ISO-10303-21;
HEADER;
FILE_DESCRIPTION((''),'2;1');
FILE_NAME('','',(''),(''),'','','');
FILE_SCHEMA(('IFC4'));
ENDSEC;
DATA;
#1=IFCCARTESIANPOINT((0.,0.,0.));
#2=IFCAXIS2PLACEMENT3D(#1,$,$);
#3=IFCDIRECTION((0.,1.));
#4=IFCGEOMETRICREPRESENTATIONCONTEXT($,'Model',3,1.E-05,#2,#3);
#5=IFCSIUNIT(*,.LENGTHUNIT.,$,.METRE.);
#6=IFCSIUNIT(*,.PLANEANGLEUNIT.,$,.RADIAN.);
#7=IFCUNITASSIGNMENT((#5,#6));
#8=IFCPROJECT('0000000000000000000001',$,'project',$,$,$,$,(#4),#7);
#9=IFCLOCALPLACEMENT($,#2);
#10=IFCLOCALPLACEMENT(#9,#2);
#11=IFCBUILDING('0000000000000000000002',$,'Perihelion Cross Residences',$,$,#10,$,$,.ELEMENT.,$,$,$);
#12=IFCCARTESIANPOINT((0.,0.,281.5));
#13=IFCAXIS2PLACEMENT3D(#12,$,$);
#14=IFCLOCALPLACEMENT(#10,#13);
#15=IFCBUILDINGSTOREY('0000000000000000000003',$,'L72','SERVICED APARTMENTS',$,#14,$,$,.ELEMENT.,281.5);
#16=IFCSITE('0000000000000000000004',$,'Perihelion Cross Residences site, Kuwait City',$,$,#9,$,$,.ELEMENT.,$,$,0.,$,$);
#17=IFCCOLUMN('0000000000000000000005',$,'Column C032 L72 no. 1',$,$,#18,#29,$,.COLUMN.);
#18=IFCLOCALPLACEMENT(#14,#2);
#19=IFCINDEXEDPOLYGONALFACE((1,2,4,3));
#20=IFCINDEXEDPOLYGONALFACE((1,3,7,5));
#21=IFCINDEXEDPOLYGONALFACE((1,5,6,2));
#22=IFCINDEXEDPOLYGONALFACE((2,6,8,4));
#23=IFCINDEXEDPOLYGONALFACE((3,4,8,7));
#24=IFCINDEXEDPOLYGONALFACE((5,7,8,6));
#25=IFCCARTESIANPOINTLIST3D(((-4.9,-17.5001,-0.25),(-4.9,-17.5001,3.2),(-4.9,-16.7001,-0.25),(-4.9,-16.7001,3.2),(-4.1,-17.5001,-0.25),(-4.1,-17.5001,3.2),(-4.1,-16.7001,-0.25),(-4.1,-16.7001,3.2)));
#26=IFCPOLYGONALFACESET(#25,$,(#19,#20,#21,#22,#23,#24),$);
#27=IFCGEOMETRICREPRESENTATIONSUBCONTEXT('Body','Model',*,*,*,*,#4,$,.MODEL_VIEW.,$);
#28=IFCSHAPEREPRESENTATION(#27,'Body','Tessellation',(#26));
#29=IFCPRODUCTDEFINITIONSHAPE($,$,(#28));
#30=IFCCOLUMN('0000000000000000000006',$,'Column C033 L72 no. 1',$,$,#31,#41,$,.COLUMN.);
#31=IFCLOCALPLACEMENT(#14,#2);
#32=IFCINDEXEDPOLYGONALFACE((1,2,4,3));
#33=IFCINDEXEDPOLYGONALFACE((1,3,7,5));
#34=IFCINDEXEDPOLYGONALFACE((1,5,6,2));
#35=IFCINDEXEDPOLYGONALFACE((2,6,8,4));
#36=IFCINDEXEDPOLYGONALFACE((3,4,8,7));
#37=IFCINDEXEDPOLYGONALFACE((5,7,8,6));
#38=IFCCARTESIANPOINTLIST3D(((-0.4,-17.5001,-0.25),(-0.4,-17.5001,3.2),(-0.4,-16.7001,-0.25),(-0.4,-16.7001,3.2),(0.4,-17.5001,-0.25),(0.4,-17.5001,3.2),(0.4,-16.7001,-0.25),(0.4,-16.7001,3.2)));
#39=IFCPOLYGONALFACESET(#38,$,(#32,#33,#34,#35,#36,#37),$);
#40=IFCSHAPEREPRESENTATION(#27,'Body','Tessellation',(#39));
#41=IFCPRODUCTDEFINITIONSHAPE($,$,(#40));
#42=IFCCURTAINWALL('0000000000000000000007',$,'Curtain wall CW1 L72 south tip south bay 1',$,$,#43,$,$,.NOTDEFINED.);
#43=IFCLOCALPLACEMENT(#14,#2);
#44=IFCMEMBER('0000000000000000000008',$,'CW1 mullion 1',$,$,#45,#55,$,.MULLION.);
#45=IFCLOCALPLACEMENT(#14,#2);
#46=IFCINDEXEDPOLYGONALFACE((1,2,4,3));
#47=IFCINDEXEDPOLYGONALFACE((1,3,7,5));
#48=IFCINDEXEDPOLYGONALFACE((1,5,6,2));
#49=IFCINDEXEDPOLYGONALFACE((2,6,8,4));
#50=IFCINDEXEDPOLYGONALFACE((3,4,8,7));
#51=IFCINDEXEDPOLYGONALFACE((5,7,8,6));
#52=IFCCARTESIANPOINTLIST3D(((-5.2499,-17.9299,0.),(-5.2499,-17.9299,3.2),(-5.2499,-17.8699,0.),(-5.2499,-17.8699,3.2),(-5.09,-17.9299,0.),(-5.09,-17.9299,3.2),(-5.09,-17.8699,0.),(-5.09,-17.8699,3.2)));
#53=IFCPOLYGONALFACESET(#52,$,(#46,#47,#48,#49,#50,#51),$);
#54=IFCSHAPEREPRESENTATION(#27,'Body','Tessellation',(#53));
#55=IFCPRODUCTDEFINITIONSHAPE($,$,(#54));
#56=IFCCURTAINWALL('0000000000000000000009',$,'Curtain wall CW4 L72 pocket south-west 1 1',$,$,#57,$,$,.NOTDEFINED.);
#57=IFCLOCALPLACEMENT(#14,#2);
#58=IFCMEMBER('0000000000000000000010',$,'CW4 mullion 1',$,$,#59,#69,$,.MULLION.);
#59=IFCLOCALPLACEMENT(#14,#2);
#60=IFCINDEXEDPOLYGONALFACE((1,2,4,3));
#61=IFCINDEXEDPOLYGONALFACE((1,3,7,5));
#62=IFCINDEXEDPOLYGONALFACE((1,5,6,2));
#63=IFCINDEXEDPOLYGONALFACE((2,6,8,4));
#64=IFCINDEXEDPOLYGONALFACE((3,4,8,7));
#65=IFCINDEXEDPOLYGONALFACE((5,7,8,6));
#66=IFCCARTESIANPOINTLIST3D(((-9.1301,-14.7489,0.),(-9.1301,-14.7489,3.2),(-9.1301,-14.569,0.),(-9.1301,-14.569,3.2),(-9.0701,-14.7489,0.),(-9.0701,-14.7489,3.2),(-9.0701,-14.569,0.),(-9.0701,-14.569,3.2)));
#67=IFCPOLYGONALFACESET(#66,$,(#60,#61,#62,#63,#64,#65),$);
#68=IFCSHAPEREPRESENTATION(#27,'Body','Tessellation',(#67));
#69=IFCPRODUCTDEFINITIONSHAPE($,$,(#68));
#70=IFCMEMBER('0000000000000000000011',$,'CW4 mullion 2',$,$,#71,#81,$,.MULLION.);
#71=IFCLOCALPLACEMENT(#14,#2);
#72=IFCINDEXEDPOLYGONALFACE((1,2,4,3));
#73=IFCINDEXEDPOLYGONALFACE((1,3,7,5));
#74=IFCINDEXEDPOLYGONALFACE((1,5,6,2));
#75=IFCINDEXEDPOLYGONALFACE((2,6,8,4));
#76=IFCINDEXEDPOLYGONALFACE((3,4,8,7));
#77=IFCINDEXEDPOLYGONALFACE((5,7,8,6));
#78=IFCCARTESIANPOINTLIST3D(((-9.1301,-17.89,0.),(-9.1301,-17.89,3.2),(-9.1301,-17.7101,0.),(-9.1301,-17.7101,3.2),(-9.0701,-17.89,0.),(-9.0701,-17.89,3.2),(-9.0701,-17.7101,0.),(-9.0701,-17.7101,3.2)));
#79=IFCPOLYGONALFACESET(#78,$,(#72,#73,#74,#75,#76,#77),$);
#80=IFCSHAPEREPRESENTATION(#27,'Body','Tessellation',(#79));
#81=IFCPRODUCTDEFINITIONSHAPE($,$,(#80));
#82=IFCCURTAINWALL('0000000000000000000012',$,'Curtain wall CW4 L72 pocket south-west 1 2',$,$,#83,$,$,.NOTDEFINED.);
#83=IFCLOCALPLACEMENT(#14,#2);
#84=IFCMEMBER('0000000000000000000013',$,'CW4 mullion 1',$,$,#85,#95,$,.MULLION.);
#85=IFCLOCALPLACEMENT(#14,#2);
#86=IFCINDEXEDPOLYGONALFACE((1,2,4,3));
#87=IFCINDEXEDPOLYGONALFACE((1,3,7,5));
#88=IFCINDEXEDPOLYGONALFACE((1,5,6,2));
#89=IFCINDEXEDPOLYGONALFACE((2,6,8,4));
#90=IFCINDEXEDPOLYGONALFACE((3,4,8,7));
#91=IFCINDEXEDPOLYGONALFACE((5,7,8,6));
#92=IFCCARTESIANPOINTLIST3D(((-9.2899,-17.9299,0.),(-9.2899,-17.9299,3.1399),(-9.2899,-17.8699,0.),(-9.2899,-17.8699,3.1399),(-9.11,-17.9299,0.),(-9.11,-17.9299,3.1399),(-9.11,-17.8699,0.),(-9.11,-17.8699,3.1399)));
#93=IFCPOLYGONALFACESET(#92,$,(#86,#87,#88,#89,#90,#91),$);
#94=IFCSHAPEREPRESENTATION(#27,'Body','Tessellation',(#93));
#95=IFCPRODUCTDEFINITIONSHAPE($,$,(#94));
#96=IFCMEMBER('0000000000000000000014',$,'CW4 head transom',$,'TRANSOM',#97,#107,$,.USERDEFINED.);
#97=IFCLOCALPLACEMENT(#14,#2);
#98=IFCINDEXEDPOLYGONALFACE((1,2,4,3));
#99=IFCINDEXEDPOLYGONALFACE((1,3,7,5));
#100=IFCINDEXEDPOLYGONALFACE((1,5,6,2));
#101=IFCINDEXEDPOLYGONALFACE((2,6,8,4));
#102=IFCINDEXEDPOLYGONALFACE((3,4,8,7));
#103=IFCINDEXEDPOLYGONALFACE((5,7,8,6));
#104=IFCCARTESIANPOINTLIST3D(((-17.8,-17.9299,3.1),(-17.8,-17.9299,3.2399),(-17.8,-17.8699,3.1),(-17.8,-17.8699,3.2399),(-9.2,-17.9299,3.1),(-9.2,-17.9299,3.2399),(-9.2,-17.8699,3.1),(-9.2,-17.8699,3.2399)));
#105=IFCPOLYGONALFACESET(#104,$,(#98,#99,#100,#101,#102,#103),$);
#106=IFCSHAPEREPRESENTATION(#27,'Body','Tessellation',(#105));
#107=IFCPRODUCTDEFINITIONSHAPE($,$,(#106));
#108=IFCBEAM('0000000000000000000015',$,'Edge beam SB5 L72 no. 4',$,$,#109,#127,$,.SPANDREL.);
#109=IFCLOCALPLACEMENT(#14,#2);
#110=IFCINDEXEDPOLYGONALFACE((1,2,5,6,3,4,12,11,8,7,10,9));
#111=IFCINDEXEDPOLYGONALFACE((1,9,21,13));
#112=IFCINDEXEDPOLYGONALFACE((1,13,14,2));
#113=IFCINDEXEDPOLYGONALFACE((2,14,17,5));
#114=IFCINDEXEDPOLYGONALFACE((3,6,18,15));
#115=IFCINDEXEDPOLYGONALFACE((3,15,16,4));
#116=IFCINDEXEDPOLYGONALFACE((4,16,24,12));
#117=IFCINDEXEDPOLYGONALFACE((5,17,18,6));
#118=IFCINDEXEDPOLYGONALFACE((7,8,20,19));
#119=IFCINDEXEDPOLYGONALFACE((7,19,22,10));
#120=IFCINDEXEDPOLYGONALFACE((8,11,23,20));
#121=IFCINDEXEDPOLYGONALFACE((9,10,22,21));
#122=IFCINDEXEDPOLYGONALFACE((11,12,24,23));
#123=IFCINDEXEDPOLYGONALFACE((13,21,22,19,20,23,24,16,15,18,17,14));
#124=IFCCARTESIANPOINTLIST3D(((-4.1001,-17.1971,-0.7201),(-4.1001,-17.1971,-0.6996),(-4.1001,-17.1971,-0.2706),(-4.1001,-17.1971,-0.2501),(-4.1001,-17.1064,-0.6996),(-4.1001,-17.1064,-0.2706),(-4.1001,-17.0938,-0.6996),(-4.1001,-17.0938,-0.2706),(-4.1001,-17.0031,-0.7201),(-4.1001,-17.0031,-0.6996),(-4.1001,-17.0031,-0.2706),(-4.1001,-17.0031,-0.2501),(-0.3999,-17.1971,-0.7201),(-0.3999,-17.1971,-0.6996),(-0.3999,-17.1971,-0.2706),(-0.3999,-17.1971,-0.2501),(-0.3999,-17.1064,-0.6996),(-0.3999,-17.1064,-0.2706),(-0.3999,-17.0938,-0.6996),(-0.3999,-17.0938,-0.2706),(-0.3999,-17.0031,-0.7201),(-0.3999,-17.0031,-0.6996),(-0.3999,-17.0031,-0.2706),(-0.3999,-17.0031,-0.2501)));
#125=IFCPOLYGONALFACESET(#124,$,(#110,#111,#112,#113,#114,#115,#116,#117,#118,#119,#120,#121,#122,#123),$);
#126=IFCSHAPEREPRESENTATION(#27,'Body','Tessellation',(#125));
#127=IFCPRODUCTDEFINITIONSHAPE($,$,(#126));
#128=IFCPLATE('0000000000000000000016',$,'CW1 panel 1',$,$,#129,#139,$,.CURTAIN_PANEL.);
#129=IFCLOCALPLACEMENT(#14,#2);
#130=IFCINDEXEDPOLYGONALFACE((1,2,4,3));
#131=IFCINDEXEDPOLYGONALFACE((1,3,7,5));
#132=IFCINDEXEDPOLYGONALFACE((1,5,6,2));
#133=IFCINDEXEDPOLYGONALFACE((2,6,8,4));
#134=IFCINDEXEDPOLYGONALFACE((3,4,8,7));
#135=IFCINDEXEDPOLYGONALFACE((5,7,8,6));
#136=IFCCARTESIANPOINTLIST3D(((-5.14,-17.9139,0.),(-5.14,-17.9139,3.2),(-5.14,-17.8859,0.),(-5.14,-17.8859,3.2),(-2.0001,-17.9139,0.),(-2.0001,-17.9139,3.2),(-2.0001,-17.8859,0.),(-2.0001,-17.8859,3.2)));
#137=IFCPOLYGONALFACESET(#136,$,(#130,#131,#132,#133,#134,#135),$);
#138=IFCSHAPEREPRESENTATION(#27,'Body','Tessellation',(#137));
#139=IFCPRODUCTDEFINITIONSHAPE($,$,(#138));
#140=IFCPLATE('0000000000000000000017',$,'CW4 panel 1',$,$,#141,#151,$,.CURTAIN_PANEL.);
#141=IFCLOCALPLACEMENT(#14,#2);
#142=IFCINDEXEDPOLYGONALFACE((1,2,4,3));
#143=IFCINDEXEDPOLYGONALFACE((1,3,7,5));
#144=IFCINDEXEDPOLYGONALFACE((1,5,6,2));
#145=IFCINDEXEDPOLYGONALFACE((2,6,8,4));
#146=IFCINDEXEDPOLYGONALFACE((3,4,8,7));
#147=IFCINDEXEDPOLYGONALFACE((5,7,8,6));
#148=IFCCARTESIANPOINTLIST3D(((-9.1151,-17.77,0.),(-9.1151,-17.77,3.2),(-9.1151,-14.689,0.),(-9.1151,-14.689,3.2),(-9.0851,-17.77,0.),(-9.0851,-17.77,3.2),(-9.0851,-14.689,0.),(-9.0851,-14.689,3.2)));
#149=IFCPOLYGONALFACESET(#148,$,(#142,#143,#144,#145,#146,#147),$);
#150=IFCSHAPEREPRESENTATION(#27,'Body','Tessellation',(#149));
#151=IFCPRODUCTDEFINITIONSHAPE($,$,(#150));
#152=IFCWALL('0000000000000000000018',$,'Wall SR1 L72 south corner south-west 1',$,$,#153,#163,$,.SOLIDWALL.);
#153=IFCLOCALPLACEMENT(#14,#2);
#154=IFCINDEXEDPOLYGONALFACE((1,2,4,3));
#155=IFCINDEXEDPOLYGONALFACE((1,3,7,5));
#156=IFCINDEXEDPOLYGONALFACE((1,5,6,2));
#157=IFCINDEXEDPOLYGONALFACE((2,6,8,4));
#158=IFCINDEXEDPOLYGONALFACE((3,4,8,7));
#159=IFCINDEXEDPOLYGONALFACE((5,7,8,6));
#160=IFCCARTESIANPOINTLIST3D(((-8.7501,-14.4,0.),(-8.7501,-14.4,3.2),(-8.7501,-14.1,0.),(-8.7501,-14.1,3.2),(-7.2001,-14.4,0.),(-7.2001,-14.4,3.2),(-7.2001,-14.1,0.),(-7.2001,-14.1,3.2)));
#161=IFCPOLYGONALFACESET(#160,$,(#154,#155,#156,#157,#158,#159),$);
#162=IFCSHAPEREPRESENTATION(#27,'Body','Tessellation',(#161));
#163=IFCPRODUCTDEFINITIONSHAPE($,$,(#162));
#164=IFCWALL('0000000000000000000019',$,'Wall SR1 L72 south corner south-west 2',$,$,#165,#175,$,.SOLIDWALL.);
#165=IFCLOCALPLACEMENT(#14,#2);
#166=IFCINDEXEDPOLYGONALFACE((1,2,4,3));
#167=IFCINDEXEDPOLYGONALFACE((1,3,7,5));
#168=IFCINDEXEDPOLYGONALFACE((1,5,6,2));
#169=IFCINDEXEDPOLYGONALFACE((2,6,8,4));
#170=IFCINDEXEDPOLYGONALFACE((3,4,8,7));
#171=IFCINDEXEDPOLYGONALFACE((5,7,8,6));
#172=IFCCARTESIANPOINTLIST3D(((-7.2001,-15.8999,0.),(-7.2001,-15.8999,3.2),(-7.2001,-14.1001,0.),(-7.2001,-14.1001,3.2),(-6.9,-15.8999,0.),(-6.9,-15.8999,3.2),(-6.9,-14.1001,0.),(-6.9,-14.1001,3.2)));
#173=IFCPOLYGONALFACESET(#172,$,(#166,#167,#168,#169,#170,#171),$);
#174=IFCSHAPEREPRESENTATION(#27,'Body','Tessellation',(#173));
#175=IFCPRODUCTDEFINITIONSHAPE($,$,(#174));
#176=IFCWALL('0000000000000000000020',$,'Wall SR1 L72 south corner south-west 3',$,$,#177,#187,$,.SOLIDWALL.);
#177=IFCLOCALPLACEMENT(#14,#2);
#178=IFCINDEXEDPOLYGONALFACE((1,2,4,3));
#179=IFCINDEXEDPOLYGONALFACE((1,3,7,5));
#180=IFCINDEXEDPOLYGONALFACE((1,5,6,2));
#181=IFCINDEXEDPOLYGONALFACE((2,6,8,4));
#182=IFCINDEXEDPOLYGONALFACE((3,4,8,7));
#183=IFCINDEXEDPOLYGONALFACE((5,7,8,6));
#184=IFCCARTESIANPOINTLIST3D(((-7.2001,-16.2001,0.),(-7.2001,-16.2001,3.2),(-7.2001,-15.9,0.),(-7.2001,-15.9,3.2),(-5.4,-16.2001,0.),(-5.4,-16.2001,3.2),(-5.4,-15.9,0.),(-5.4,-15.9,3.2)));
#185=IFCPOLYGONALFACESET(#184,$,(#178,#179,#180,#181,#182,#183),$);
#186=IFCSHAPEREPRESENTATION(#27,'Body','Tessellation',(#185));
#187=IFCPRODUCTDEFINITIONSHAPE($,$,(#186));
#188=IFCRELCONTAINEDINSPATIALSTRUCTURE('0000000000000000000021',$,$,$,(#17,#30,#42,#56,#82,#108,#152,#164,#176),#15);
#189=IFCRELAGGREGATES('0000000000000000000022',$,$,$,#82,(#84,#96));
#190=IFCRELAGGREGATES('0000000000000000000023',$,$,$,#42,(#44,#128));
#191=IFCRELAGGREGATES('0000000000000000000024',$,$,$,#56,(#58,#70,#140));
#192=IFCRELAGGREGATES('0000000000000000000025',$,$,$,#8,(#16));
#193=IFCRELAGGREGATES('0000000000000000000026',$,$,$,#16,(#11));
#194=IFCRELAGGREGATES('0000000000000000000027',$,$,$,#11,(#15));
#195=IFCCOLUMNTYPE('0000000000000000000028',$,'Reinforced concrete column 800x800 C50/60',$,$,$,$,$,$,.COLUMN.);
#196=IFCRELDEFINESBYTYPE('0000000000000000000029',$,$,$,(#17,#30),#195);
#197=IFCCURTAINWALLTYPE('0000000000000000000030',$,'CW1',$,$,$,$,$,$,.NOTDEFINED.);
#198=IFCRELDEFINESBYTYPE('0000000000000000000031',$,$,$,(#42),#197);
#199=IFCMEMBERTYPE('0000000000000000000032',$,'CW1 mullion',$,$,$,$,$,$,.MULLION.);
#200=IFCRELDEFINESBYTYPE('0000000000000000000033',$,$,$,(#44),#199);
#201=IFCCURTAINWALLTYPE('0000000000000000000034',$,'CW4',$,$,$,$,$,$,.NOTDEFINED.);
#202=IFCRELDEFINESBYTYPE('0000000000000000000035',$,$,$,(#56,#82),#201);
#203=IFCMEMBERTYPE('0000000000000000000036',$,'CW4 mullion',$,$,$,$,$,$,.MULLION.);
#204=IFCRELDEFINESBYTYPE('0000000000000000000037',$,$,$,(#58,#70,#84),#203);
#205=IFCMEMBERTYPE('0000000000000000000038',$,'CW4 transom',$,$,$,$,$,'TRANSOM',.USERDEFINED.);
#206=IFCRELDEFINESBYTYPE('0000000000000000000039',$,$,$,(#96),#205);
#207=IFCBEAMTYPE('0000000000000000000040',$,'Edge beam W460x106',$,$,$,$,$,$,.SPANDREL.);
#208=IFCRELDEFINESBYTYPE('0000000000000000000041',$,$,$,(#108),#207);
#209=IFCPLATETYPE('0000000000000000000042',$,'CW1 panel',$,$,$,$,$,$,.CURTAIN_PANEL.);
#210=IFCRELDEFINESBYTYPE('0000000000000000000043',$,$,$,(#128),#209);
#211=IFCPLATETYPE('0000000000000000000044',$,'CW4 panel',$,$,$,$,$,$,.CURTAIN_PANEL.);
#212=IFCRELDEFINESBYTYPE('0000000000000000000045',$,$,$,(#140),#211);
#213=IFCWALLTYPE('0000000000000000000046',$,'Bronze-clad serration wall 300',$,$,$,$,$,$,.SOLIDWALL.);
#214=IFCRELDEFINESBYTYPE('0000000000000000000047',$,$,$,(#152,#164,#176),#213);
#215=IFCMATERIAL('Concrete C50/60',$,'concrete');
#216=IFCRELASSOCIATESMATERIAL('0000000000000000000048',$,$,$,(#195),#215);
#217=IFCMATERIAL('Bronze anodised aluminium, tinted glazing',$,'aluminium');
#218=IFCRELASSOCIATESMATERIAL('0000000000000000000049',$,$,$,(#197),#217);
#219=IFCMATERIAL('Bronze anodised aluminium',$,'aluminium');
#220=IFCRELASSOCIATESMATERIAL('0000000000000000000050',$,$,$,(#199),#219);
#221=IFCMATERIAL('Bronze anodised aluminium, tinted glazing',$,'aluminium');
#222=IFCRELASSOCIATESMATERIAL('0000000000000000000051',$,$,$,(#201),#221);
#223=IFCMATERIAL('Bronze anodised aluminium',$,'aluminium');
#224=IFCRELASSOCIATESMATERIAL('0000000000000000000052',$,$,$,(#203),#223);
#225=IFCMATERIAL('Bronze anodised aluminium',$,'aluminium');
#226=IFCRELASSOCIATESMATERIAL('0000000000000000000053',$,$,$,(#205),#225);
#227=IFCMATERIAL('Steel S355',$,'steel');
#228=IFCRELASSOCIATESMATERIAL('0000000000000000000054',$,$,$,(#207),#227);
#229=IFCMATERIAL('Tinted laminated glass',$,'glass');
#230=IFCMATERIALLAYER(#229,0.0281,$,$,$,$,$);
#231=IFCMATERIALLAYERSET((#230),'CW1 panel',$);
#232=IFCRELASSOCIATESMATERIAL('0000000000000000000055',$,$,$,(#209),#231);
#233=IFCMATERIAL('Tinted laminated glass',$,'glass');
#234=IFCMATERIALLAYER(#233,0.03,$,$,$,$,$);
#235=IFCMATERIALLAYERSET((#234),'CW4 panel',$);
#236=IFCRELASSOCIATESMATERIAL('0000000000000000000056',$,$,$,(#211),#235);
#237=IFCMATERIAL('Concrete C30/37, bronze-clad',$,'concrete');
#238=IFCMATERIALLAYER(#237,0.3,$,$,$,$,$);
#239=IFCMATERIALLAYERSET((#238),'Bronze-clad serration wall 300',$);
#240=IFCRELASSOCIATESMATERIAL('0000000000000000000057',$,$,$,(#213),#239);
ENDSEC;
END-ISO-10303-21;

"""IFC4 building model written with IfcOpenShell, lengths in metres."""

from ifc_helpers import new_model, si_unit, direction, frame, frame_2d, origin, origin_2d, place, context, subcontext, project, spatial, rectangle, i_section, extrude, material, layer, layer_set, material_profile, profile_set, type_object, element, aggregate, save


model = new_model("IFC4")

# Units and contexts
model_context = context("Model", 3, precision=1e-05, world=origin(), true_north=direction((0.0, 1.0)))
body_context = subcontext(model_context, "Body", "Model", "MODEL_VIEW")
ifc_project = project(units=[si_unit("LENGTHUNIT", "METRE"), si_unit("PLANEANGLEUNIT", "RADIAN")], contexts=[model_context])

# Site, building, storey
site_placement = place(None, origin())
site = spatial("IfcSite", under=ifc_project, at=site_placement, Name="Perihelion Cross Residences site, Kuwait City", CompositionType="ELEMENT", RefElevation=0.0)
building_placement = place(site_placement, origin())
building = spatial("IfcBuilding", under=site, at=building_placement, Name="Perihelion Cross Residences", CompositionType="ELEMENT")
storey_placement = place(building_placement, frame((0.0, 0.0, 281.5)))
storey = spatial("IfcBuildingStorey", under=building, at=storey_placement, Name="L72", Description="SERVICED APARTMENTS", CompositionType="ELEMENT", Elevation=281.5)

# Columns
ifc_material_1 = material(Name="Concrete C50/60", Category="concrete")
ifc_material_profile_1 = material_profile(ifc_material_1, rectangle(XDim=0.8, YDim=0.8, at=origin_2d()), Name="RC 800x800")
ifc_profile_set_1 = profile_set([ifc_material_profile_1], Name="Concrete C50/60")
column_type = type_object("IfcColumnType", Name="Reinforced concrete column 800x800 C50/60", PredefinedType="COLUMN", material=ifc_profile_set_1)
for number, where, z_axis, x_axis, name in (
    (1, (-4.5, -17.1001, -0.25), (0.0, 0.0, 1.0), (1.0, 0.0, 0.0), "Column C032 L72 no. 1"),
    (2, (0.0, -17.1001, -0.25), (0.0, 0.0, 1.0), (1.0, 0.0, 0.0), "Column C033 L72 no. 1"),
):
    element("IfcColumn", number, at=place(storey_placement, frame(where, z_axis=z_axis, x_axis=x_axis)), inside=storey, type_object=column_type, Name=name, PredefinedType="COLUMN", context=body_context, shape_type="SweptSolid", body=[
        extrude(rectangle(XDim=0.8, YDim=0.8, at=origin_2d()), origin(), (0.0, 0.0, 1.0), 3.45),
    ])

# Curtain wall, member
ifc_material_2 = material(Name="Bronze anodised aluminium, tinted glazing", Category="aluminium")
curtain_wall_type_1 = type_object("IfcCurtainWallType", Name="CW1", PredefinedType="NOTDEFINED", material=ifc_material_2)
curtain_wall_1_placement = place(storey_placement, origin())
curtain_wall_1 = element("IfcCurtainWall", 3, at=curtain_wall_1_placement, inside=storey, type_object=curtain_wall_type_1, Name="Curtain wall CW1 L72 south tip south bay 1", PredefinedType="NOTDEFINED")
ifc_material_3 = material(Name="Bronze anodised aluminium", Category="aluminium")
ifc_material_profile_2 = material_profile(ifc_material_3, rectangle(XDim=0.0601, YDim=0.1599, at=origin_2d()), Name="CW1 mullion")
ifc_profile_set_2 = profile_set([ifc_material_profile_2], Name="Bronze anodised aluminium")
member_type_1 = type_object("IfcMemberType", Name="CW1 mullion", PredefinedType="MULLION", material=ifc_profile_set_2)
member_1_placement = place(storey_placement, frame((-5.1699, -17.8999, 0.0), z_axis=(0.0, 0.0, 1.0), x_axis=(0.0, 1.0, 0.0)))
member_1 = element("IfcMember", 4, at=member_1_placement, type_object=member_type_1, Name="CW1 mullion 1", PredefinedType="MULLION", context=body_context, shape_type="SweptSolid", body=[
    extrude(rectangle(XDim=0.0601, YDim=0.1599, at=origin_2d()), origin(), (0.0, 0.0, 1.0), 3.2),
])

# Curtain walls, members
ifc_material_4 = material(Name="Bronze anodised aluminium, tinted glazing", Category="aluminium")
curtain_wall_type_2 = type_object("IfcCurtainWallType", Name="CW4", PredefinedType="NOTDEFINED", material=ifc_material_4)
curtain_wall_2_placement = place(storey_placement, origin())
curtain_wall_2 = element("IfcCurtainWall", 5, at=curtain_wall_2_placement, inside=storey, type_object=curtain_wall_type_2, Name="Curtain wall CW4 L72 pocket south-west 1 1", PredefinedType="NOTDEFINED")
ifc_material_5 = material(Name="Bronze anodised aluminium", Category="aluminium")
ifc_material_profile_3 = material_profile(ifc_material_5, rectangle(XDim=0.0601, YDim=0.1799, at=origin_2d()), Name="CW4 mullion")
ifc_profile_set_3 = profile_set([ifc_material_profile_3], Name="Bronze anodised aluminium")
member_type_2 = type_object("IfcMemberType", Name="CW4 mullion", PredefinedType="MULLION", material=ifc_profile_set_3)
member_2_placement = place(storey_placement, frame((-9.1001, -14.6589, 0.0), z_axis=(0.0, 0.0, 1.0), x_axis=(1.0, 0.0, 0.0)))
member_2 = element("IfcMember", 6, at=member_2_placement, type_object=member_type_2, Name="CW4 mullion 1", PredefinedType="MULLION", context=body_context, shape_type="SweptSolid", body=[
    extrude(rectangle(XDim=0.0601, YDim=0.1799, at=origin_2d()), origin(), (0.0, 0.0, 1.0), 3.2),
])
member_3_placement = place(storey_placement, frame((-9.1001, -17.8, 0.0), z_axis=(0.0, 0.0, 1.0), x_axis=(1.0, 0.0, 0.0)))
member_3 = element("IfcMember", 7, at=member_3_placement, type_object=member_type_2, Name="CW4 mullion 2", PredefinedType="MULLION", context=body_context, shape_type="SweptSolid", body=[
    extrude(rectangle(XDim=0.0601, YDim=0.1799, at=origin_2d()), origin(), (0.0, 0.0, 1.0), 3.2),
])
curtain_wall_3_placement = place(storey_placement, origin())
curtain_wall_3 = element("IfcCurtainWall", 8, at=curtain_wall_3_placement, inside=storey, type_object=curtain_wall_type_2, Name="Curtain wall CW4 L72 pocket south-west 1 2", PredefinedType="NOTDEFINED")
member_4_placement = place(storey_placement, frame((-9.2, -17.8999, 0.0), z_axis=(0.0, 0.0, 1.0), x_axis=(0.0, -1.0, 0.0)))
member_4 = element("IfcMember", 9, at=member_4_placement, type_object=member_type_2, Name="CW4 mullion 1", PredefinedType="MULLION", context=body_context, shape_type="SweptSolid", body=[
    extrude(rectangle(XDim=0.0601, YDim=0.1799, at=origin_2d()), origin(), (0.0, 0.0, 1.0), 3.1399),
])
ifc_material_6 = material(Name="Bronze anodised aluminium", Category="aluminium")
ifc_material_profile_4 = material_profile(ifc_material_6, rectangle(XDim=0.0601, YDim=0.1399, at=origin_2d()), Name="CW4 transom")
ifc_profile_set_4 = profile_set([ifc_material_profile_4], Name="Bronze anodised aluminium")
member_type_3 = type_object("IfcMemberType", Name="CW4 transom", ElementType="TRANSOM", PredefinedType="USERDEFINED", material=ifc_profile_set_4)
member_5_placement = place(storey_placement, frame((-9.2, -17.8999, 3.1699), z_axis=(-1.0, 0.0, 0.0), x_axis=(0.0, -1.0, 0.0)))
member_5 = element("IfcMember", 10, at=member_5_placement, type_object=member_type_3, Name="CW4 head transom", ObjectType="TRANSOM", PredefinedType="USERDEFINED", context=body_context, shape_type="SweptSolid", body=[
    extrude(rectangle(XDim=0.0601, YDim=0.1399, at=origin_2d()), origin(), (0.0, 0.0, 1.0), 8.6001),
])
aggregate(curtain_wall_3, [member_4, member_5])

# Beam
ifc_material_7 = material(Name="Steel S355", Category="steel")
ifc_material_profile_5 = material_profile(ifc_material_7, i_section(OverallWidth=0.1941, OverallDepth=0.47, WebThickness=0.0127, FlangeThickness=0.0205, at=origin_2d()), Name="W460x106")
ifc_profile_set_5 = profile_set([ifc_material_profile_5], Name="Steel S355")
beam_type = type_object("IfcBeamType", Name="Edge beam W460x106", PredefinedType="SPANDREL", material=ifc_profile_set_5)
beam_placement = place(storey_placement, frame((-4.1001, -17.1001, -0.4851), z_axis=(1.0, 0.0, 0.0), x_axis=(0.0, 1.0, 0.0)))
element("IfcBeam", 11, at=beam_placement, inside=storey, type_object=beam_type, Name="Edge beam SB5 L72 no. 4", PredefinedType="SPANDREL", context=body_context, shape_type="SweptSolid", body=[
    extrude(i_section(OverallWidth=0.1941, OverallDepth=0.47, WebThickness=0.0127, FlangeThickness=0.0205, at=origin_2d()), origin(), (0.0, 0.0, 1.0), 3.7002),
])

# Plates
ifc_material_8 = material(Name="Tinted laminated glass", Category="glass")
ifc_layer_1 = layer(ifc_material_8, 0.0281)
ifc_layer_set_1 = layer_set([ifc_layer_1], Name="CW1 panel")
plate_type_1 = type_object("IfcPlateType", Name="CW1 panel", PredefinedType="CURTAIN_PANEL", material=ifc_layer_set_1)
plate_1_placement = place(storey_placement, frame((-3.5701, -17.8999, 0.0), z_axis=(0.0, 0.0, 1.0), x_axis=(1.0, 0.0, 0.0)))
plate_1 = element("IfcPlate", 12, at=plate_1_placement, type_object=plate_type_1, Name="CW1 panel 1", PredefinedType="CURTAIN_PANEL", context=body_context, shape_type="SweptSolid", body=[
    extrude(rectangle(XDim=3.1399, YDim=0.0281, at=origin_2d()), origin(), (0.0, 0.0, 1.0), 3.2),
])
aggregate(curtain_wall_1, [member_1, plate_1])
ifc_material_9 = material(Name="Tinted laminated glass", Category="glass")
ifc_layer_2 = layer(ifc_material_9, 0.03)
ifc_layer_set_2 = layer_set([ifc_layer_2], Name="CW4 panel")
plate_type_2 = type_object("IfcPlateType", Name="CW4 panel", PredefinedType="CURTAIN_PANEL", material=ifc_layer_set_2)
plate_2_placement = place(storey_placement, frame((-9.1001, -16.2295, 0.0), z_axis=(0.0, 0.0, 1.0), x_axis=(0.0, -1.0, 0.0)))
plate_2 = element("IfcPlate", 13, at=plate_2_placement, type_object=plate_type_2, Name="CW4 panel 1", PredefinedType="CURTAIN_PANEL", context=body_context, shape_type="SweptSolid", body=[
    extrude(rectangle(XDim=3.0811, YDim=0.03, at=origin_2d()), origin(), (0.0, 0.0, 1.0), 3.2),
])
aggregate(curtain_wall_2, [member_2, member_3, plate_2])

# Walls
ifc_material_10 = material(Name="Concrete C30/37, bronze-clad", Category="concrete")
ifc_layer_3 = layer(ifc_material_10, 0.3)
ifc_layer_set_3 = layer_set([ifc_layer_3], Name="Bronze-clad serration wall 300")
wall_type_1 = type_object("IfcWallType", Name="Bronze-clad serration wall 300", PredefinedType="SOLIDWALL", material=ifc_layer_set_3)
wall_1_placement = place(storey_placement, frame((-8.75, -14.25, 0.0), z_axis=(0.0, 0.0, 1.0), x_axis=(1.0, 0.0, 0.0)))
element("IfcWall", 14, at=wall_1_placement, inside=storey, type_object=wall_type_1, Name="Wall SR1 L72 south corner south-west 1", PredefinedType="SOLIDWALL", context=body_context, shape_type="SweptSolid", body=[
    extrude(rectangle(XDim=1.55, YDim=0.3, at=frame_2d((0.7749, 0.0))), origin(), (0.0, 0.0, 1.0), 3.2),
])
wall_2_placement = place(storey_placement, frame((-7.05, -14.1001, 0.0), z_axis=(0.0, 0.0, 1.0), x_axis=(0.0, -1.0, 0.0)))
element("IfcWall", 15, at=wall_2_placement, inside=storey, type_object=wall_type_1, Name="Wall SR1 L72 south corner south-west 2", PredefinedType="SOLIDWALL", context=body_context, shape_type="SweptSolid", body=[
    extrude(rectangle(XDim=1.7998, YDim=0.3, at=frame_2d((0.8999, 0.0))), origin(), (0.0, 0.0, 1.0), 3.2),
])
wall_3_placement = place(storey_placement, frame((-7.2, -16.05, 0.0), z_axis=(0.0, 0.0, 1.0), x_axis=(1.0, 0.0, 0.0)))
element("IfcWall", 16, at=wall_3_placement, inside=storey, type_object=wall_type_1, Name="Wall SR1 L72 south corner south-west 3", PredefinedType="SOLIDWALL", context=body_context, shape_type="SweptSolid", body=[
    extrude(rectangle(XDim=1.8, YDim=0.3, at=frame_2d((0.8999, 0.0))), origin(), (0.0, 0.0, 1.0), 3.2),
])

save(model, "model.ifc")
